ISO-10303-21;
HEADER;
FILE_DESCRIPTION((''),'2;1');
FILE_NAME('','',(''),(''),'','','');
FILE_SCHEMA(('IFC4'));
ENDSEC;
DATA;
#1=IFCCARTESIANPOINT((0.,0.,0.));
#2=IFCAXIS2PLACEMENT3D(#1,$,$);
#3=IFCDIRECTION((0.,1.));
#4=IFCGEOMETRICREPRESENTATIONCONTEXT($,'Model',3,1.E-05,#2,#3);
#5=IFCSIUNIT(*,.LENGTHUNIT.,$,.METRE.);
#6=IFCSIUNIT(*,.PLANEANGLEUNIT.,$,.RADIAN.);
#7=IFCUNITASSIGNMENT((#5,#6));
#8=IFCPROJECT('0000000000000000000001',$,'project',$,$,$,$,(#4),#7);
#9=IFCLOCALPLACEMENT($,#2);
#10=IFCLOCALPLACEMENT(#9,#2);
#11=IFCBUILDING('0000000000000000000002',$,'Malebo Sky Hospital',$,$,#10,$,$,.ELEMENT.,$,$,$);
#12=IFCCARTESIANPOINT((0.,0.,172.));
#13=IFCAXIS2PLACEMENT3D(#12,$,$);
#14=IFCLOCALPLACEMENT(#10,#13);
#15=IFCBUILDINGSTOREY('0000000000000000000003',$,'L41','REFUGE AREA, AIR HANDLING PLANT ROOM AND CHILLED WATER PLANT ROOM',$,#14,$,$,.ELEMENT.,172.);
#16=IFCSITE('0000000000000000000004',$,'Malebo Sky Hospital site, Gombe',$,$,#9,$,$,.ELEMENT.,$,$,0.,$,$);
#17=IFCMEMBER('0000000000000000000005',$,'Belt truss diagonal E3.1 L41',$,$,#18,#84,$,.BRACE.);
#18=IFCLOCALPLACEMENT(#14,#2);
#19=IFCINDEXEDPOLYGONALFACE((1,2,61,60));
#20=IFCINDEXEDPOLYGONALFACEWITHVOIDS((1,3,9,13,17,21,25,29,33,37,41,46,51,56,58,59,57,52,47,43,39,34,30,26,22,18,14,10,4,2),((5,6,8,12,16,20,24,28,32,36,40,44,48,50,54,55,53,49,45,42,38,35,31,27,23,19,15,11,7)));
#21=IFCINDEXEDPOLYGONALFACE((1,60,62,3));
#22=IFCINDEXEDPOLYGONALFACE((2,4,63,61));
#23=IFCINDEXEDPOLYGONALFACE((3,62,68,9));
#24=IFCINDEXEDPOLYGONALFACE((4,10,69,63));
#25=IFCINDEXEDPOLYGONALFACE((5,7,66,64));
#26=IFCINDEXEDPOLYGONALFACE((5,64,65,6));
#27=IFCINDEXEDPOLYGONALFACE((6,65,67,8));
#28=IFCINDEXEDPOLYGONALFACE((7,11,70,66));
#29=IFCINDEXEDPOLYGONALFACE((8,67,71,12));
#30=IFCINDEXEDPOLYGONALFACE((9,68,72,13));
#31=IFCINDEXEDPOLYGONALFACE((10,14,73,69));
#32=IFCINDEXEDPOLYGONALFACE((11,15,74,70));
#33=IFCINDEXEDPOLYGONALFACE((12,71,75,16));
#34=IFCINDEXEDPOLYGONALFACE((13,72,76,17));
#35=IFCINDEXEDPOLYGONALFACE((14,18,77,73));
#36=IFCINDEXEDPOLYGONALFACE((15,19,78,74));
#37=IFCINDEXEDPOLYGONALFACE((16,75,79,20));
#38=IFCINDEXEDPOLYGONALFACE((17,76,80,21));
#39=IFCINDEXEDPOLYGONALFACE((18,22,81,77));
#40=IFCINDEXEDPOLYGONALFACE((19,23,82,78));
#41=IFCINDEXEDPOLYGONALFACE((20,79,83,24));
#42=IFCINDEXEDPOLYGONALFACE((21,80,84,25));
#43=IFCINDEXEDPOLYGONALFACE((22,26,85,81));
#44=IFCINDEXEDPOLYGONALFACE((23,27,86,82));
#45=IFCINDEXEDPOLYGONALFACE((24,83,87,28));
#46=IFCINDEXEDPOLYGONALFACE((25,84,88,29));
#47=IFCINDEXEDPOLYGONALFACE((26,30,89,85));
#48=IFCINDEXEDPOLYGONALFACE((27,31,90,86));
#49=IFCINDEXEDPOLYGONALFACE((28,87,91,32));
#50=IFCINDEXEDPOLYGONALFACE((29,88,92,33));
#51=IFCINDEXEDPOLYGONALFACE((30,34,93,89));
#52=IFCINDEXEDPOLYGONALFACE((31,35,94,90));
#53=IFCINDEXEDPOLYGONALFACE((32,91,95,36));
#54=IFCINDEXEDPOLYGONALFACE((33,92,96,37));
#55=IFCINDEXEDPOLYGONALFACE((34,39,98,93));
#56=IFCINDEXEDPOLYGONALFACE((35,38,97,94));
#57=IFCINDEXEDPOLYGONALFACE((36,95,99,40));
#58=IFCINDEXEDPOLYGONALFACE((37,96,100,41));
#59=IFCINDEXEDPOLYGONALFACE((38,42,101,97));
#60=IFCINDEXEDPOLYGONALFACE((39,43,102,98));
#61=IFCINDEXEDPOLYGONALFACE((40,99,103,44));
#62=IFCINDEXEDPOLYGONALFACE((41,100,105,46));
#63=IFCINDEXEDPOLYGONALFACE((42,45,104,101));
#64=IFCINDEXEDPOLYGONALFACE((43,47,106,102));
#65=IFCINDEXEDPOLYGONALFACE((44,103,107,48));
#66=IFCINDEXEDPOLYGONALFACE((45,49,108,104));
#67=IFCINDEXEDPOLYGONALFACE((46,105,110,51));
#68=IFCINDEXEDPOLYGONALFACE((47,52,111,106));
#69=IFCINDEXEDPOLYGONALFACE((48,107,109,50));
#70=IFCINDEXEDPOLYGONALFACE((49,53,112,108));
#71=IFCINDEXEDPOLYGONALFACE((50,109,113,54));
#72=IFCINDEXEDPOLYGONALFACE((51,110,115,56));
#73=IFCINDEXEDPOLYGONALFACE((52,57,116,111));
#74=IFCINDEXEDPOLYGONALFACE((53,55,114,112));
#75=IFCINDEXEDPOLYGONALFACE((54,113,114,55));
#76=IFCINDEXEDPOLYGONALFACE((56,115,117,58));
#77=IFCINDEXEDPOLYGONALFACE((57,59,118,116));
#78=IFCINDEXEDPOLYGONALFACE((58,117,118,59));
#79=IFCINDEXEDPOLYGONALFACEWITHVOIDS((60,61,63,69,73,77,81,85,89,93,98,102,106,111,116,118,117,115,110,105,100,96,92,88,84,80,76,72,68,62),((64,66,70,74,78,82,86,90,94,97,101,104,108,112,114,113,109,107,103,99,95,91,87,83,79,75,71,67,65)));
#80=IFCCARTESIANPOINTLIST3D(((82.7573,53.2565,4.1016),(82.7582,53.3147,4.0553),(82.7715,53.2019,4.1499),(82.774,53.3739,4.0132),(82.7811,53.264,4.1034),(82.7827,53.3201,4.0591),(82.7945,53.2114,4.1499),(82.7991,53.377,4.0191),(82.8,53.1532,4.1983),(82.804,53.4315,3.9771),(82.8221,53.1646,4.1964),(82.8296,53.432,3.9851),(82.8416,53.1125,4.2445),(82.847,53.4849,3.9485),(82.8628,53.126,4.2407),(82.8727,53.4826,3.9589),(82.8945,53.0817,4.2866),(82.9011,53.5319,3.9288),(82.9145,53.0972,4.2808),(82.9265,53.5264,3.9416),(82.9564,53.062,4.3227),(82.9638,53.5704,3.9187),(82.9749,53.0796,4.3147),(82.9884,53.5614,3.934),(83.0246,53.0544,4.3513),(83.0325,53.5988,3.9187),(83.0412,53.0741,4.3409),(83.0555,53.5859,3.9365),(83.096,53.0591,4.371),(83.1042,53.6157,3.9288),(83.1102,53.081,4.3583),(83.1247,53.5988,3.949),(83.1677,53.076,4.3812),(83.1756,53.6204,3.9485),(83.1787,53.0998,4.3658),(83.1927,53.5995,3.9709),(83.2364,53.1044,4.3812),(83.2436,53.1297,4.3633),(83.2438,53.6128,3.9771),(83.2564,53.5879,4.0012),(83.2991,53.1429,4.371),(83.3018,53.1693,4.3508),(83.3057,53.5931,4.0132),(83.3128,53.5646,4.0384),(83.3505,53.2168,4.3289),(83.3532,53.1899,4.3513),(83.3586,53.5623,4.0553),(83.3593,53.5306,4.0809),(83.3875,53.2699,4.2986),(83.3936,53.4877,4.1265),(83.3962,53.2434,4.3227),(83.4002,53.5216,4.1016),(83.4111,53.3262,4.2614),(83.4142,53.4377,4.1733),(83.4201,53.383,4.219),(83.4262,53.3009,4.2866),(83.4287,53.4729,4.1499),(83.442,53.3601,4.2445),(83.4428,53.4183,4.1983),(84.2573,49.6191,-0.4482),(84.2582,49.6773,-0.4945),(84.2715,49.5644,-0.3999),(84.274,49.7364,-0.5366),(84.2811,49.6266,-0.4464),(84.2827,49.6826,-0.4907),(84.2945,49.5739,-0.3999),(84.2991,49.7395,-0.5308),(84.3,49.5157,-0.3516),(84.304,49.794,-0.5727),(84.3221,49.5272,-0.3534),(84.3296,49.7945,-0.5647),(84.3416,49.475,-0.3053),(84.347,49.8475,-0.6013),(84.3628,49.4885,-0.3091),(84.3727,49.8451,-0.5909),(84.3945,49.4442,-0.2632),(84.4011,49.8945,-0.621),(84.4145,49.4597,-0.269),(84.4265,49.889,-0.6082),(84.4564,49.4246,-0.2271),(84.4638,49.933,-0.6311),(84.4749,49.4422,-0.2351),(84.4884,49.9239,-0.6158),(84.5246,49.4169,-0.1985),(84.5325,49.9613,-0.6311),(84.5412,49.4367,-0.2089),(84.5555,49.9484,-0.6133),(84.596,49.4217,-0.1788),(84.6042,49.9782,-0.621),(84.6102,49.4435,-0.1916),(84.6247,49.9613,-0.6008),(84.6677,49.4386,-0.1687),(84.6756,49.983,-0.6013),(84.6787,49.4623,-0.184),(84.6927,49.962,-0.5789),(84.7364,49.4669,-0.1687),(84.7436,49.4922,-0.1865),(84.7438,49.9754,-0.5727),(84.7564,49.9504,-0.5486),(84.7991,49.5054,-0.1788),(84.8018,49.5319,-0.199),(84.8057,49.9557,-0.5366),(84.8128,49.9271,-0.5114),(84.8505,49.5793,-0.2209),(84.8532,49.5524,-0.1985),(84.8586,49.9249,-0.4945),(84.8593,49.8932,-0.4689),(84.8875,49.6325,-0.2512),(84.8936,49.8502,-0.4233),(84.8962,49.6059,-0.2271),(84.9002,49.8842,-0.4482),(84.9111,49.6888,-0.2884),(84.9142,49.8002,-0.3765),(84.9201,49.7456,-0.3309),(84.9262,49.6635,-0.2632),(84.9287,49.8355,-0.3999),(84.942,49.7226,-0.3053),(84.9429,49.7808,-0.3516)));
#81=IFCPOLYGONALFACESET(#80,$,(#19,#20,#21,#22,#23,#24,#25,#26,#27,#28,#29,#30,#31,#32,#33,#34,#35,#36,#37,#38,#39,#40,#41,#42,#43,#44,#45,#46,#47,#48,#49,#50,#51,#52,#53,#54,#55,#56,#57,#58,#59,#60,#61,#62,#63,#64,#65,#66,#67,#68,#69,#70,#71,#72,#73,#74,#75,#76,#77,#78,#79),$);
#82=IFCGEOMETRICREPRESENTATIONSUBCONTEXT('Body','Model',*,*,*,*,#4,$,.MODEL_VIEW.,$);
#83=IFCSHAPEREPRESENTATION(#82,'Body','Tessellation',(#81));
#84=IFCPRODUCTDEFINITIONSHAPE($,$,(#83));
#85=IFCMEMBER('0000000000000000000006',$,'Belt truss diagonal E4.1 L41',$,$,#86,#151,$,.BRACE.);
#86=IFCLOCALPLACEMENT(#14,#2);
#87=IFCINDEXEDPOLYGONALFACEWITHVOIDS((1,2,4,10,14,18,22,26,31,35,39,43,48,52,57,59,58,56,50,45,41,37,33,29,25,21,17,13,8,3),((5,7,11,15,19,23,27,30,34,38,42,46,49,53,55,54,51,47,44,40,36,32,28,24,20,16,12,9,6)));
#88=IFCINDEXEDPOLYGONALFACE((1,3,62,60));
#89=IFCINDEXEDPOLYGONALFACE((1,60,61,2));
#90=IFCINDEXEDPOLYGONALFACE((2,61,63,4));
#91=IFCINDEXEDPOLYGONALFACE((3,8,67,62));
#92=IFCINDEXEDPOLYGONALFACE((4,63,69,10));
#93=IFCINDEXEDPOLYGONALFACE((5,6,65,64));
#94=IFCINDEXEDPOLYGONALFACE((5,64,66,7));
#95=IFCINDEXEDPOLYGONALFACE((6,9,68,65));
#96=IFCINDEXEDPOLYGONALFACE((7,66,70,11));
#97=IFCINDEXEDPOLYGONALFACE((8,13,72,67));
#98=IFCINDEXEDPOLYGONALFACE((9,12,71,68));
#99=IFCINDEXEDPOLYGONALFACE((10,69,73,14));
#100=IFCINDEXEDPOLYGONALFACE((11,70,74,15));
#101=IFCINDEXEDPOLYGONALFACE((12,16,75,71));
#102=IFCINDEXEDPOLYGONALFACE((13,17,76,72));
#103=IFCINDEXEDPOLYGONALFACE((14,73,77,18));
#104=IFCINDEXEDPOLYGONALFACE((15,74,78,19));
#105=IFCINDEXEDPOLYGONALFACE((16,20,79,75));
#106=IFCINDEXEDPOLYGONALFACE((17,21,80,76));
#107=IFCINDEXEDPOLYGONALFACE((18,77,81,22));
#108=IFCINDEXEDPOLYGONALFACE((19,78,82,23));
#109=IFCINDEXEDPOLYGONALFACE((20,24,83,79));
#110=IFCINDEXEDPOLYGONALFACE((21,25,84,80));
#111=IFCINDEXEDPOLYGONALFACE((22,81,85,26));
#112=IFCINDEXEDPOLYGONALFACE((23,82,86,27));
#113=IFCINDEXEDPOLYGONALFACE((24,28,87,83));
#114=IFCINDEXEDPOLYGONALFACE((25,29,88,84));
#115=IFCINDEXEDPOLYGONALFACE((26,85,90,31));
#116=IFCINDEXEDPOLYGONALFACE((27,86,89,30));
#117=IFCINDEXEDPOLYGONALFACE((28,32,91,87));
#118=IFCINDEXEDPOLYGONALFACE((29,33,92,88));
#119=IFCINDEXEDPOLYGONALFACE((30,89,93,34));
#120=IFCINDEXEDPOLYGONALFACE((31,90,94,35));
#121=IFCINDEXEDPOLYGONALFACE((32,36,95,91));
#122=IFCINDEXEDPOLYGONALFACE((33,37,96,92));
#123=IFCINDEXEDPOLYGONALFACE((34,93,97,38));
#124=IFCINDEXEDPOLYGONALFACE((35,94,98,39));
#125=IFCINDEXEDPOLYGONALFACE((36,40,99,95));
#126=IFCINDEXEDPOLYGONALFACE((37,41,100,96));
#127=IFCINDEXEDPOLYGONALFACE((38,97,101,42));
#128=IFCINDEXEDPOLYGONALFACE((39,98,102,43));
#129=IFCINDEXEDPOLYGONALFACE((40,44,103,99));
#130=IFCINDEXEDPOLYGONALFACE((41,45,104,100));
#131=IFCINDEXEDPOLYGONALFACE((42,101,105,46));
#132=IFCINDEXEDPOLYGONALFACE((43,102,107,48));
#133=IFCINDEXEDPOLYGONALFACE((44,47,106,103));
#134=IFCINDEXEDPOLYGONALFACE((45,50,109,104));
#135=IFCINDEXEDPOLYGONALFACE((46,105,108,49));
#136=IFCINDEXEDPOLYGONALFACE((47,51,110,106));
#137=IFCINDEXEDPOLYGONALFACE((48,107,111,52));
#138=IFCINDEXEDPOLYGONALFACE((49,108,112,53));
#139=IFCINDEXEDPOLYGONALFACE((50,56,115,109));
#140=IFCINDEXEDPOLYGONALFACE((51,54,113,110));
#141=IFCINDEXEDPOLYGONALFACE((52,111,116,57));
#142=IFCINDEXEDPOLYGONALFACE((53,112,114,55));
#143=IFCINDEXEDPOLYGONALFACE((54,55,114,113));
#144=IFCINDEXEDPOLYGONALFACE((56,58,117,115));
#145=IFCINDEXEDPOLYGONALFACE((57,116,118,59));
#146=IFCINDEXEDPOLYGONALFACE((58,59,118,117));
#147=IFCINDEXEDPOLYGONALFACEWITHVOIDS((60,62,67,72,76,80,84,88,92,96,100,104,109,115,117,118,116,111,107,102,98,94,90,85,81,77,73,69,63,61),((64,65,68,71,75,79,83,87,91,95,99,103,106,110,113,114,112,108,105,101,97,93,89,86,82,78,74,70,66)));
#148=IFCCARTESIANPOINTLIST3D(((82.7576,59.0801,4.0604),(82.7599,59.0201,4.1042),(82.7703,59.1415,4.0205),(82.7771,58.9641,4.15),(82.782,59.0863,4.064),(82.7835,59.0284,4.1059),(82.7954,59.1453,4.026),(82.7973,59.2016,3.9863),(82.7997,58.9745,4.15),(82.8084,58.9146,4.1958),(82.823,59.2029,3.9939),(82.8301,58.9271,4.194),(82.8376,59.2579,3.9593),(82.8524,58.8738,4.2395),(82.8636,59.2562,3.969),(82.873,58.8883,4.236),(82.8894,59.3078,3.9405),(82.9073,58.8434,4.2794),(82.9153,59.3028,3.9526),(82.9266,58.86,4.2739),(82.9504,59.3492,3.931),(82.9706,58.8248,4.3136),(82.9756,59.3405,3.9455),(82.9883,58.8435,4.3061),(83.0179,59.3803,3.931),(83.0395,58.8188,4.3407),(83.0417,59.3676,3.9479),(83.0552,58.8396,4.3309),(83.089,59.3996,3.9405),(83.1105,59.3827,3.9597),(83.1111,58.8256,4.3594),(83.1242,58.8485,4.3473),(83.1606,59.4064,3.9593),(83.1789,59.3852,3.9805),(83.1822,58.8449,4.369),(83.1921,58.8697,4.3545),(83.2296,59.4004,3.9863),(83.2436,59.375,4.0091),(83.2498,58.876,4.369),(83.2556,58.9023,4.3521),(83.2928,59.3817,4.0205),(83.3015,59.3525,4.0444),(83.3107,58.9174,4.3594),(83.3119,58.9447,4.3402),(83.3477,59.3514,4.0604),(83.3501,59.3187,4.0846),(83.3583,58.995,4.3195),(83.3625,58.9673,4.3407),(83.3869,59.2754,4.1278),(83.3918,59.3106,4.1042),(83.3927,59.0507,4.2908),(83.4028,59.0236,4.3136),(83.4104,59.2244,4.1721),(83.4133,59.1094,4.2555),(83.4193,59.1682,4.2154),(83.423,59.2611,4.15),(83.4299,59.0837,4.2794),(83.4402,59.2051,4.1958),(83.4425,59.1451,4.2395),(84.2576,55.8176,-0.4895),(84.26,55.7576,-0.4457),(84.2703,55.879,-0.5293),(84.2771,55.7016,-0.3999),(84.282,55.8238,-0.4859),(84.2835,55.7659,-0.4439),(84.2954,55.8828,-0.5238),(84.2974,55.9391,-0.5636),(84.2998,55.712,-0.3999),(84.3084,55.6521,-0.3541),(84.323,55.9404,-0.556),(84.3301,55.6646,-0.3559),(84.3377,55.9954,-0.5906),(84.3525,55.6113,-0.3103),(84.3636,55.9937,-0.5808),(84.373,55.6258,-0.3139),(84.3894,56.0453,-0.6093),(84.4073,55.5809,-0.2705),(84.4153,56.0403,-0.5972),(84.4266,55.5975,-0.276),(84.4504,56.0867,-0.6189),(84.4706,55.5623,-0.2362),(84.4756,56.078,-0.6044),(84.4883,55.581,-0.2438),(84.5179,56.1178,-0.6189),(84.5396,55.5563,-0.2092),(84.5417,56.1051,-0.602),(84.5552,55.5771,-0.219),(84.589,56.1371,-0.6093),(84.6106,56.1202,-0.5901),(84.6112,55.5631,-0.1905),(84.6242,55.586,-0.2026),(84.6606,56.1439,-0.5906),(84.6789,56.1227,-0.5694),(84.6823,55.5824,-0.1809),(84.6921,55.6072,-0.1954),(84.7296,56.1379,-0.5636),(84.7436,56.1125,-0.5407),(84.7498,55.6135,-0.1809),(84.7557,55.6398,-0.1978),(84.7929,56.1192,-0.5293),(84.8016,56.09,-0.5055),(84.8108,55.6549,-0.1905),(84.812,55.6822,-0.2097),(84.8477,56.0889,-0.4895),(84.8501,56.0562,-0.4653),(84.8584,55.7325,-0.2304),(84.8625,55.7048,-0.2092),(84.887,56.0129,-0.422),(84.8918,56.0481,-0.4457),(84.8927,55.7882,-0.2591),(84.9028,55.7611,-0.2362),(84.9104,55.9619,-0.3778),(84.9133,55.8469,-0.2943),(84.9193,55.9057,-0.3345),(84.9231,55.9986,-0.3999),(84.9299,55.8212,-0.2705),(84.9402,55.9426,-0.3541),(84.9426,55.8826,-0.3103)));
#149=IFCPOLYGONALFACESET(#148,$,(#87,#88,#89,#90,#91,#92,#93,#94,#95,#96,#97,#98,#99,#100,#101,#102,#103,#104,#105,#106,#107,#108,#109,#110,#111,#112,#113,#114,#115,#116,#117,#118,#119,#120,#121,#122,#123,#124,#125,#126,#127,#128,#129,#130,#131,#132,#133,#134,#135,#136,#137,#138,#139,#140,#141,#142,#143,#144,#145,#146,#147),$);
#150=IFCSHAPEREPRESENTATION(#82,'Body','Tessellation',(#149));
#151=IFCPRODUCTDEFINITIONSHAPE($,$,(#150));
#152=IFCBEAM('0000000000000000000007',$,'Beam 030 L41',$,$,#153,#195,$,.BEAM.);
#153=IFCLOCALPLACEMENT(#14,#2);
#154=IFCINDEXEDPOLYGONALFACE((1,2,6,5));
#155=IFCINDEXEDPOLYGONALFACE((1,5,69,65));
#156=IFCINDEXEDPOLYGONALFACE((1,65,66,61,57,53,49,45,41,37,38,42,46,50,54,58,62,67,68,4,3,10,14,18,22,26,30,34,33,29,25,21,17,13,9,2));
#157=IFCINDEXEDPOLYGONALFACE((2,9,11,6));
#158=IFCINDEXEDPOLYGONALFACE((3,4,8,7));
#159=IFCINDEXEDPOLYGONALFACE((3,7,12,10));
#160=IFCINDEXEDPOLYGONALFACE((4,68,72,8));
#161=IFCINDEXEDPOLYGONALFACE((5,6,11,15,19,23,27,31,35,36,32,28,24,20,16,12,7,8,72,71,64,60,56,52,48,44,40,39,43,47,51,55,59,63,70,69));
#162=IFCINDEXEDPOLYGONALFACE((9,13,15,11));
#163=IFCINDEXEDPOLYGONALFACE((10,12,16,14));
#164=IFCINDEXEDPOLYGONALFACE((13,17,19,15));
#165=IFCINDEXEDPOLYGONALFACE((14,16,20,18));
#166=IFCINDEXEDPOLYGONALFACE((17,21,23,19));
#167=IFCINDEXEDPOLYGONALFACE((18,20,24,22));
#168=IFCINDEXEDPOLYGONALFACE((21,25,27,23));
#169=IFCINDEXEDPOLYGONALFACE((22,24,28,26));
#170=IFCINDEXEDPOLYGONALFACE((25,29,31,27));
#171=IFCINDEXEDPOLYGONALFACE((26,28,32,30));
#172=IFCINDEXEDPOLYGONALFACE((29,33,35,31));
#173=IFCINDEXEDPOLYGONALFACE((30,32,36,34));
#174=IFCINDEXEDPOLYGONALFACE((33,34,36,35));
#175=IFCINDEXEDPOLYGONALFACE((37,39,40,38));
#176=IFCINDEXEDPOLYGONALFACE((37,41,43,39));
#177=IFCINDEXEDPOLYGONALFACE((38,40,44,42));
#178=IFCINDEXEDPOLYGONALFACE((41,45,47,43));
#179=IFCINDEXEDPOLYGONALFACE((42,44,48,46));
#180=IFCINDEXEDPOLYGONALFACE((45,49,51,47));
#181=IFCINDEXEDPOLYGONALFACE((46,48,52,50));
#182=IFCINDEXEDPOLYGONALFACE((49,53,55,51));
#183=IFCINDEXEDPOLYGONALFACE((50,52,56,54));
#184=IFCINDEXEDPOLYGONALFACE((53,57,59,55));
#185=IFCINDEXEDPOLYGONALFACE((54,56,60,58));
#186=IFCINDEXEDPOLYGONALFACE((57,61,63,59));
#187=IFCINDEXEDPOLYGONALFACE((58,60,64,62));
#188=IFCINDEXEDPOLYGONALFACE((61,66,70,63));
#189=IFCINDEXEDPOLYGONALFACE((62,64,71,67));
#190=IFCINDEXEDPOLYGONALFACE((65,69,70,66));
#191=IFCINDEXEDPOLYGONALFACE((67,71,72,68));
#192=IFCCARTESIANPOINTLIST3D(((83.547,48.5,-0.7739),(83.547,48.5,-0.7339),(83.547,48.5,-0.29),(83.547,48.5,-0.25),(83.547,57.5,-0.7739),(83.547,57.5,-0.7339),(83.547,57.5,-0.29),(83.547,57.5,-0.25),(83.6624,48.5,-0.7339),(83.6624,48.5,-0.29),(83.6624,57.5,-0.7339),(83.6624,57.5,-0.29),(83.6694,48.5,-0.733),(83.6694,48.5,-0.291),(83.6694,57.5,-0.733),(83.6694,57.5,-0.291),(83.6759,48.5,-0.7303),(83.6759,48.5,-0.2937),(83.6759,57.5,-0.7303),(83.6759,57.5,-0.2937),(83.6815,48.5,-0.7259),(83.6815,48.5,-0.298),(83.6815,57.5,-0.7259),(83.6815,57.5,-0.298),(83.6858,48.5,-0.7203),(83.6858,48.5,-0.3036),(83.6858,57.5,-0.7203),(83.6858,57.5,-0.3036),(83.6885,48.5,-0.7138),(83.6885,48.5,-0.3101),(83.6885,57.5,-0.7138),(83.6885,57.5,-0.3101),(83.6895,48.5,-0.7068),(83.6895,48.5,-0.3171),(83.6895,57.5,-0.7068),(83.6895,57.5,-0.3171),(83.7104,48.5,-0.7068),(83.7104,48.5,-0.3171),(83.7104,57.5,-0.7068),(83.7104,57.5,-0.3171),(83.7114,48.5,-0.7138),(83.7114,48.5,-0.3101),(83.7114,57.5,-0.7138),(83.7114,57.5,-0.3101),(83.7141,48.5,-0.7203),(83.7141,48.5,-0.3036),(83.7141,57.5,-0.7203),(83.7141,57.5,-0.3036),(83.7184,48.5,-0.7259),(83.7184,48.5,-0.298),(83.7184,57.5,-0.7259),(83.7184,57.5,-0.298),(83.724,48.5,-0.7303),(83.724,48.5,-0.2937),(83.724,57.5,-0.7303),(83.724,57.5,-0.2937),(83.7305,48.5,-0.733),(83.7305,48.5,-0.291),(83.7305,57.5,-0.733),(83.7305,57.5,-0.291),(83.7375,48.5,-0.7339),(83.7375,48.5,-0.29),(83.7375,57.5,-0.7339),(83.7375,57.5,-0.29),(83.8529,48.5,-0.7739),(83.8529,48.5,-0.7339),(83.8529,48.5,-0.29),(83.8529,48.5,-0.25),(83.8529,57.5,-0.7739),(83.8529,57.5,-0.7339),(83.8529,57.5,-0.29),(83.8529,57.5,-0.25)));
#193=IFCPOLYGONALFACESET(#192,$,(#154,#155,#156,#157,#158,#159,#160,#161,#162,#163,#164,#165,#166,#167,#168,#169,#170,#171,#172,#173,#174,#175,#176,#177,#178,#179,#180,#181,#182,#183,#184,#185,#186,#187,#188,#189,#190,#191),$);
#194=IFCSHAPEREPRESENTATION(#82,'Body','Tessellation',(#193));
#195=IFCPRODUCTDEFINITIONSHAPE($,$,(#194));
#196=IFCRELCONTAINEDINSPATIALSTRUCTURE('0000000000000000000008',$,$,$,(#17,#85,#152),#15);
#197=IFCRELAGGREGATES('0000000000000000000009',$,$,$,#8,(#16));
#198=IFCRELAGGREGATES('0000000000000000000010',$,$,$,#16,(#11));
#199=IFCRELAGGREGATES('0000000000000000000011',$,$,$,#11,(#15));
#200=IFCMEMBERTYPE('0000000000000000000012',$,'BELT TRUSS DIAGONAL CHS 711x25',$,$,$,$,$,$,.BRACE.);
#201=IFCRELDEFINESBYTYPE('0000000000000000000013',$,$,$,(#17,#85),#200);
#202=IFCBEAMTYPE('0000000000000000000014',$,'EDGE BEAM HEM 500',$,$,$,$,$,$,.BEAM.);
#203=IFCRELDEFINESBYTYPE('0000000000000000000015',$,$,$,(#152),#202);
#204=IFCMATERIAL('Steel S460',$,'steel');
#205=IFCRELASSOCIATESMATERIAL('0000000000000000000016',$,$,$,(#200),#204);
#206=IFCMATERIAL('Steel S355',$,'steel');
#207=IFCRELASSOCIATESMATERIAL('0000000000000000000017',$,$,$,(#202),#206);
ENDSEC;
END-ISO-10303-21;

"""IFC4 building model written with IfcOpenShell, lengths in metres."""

from ifc_helpers import new_model, si_unit, direction, frame, origin, origin_2d, place, context, subcontext, project, spatial, hollow_circle, i_section, extrude, material, material_profile, profile_set, type_object, element, save


model = new_model("IFC4")

# Units and contexts
model_context = context("Model", 3, precision=1e-05, world=origin(), true_north=direction((0.0, 1.0)))
body_context = subcontext(model_context, "Body", "Model", "MODEL_VIEW")
ifc_project = project(units=[si_unit("LENGTHUNIT", "METRE"), si_unit("PLANEANGLEUNIT", "RADIAN")], contexts=[model_context])

# Site, building, storey
site_placement = place(None, origin())
site = spatial("IfcSite", under=ifc_project, at=site_placement, Name="Malebo Sky Hospital site, Gombe", CompositionType="ELEMENT", RefElevation=0.0)
building_placement = place(site_placement, origin())
building = spatial("IfcBuilding", under=site, at=building_placement, Name="Malebo Sky Hospital", CompositionType="ELEMENT")
storey_placement = place(building_placement, frame((0.0, 0.0, 172.0)))
storey = spatial("IfcBuildingStorey", under=building, at=storey_placement, Name="L41", Description="REFUGE AREA, AIR HANDLING PLANT ROOM AND CHILLED WATER PLANT ROOM", CompositionType="ELEMENT", Elevation=172.0)

# Shared definitions
ifc_material_1 = material(Name="Steel S460", Category="steel")

# Members
ifc_material_profile_1 = material_profile(ifc_material_1, hollow_circle(Radius=0.3555, WallThickness=0.0249, at=origin_2d()), Name="CHS 711x25")
ifc_profile_set_1 = profile_set([ifc_material_profile_1], Name="Steel S460")
member_type_1 = type_object("IfcMemberType", Name="BELT TRUSS DIAGONAL CHS 711x25", PredefinedType="BRACE", material=ifc_profile_set_1)
member_1_placement = place(storey_placement, frame((84.6001, 49.7, -0.3999), z_axis=(-0.249371, 0.604717, 0.756394), x_axis=(-0.924479, -0.381233, 0.0)))
element("IfcMember", 1, at=member_1_placement, inside=storey, type_object=member_type_1, Name="Belt truss diagonal E3.1 L41", PredefinedType="BRACE", context=body_context, shape_type="SweptSolid", body=[
    extrude(hollow_circle(Radius=0.3555, WallThickness=0.0249, at=origin_2d()), origin(), (0.0, 0.0, 1.0), 6.0151),
])
member_2_placement = place(storey_placement, frame((84.6001, 55.8501, -0.3999), z_axis=(-0.258796, 0.562874, 0.784982), x_axis=(-0.908567, -0.417738, 0.0)))
element("IfcMember", 2, at=member_2_placement, inside=storey, type_object=member_type_1, Name="Belt truss diagonal E4.1 L41", PredefinedType="BRACE", context=body_context, shape_type="SweptSolid", body=[
    extrude(hollow_circle(Radius=0.3555, WallThickness=0.0249, at=origin_2d()), origin(), (0.0, 0.0, 1.0), 5.7961),
])

# Beam
ifc_material_2 = material(Name="Steel S355", Category="steel")
ifc_material_profile_2 = material_profile(ifc_material_2, i_section(OverallWidth=0.3059, OverallDepth=0.5239, WebThickness=0.021, FlangeThickness=0.04, FilletRadius=0.0271, at=origin_2d()), Name="HEM 500")
ifc_profile_set_2 = profile_set([ifc_material_profile_2], Name="Steel S355")
beam_type = type_object("IfcBeamType", Name="EDGE BEAM HEM 500", PredefinedType="BEAM", material=ifc_profile_set_2)
for number, where, z_axis, x_axis, name in (
    (3, (83.7, 48.5, -0.512), (0.0, 1.0, 0.0), (-1.0, 0.0, 0.0), "Beam 030 L41"),
):
    element("IfcBeam", number, at=place(storey_placement, frame(where, z_axis=z_axis, x_axis=x_axis)), inside=storey, type_object=beam_type, Name=name, PredefinedType="BEAM", context=body_context, shape_type="SweptSolid", body=[
        extrude(i_section(OverallWidth=0.3059, OverallDepth=0.5239, WebThickness=0.021, FlangeThickness=0.04, FilletRadius=0.0271, at=origin_2d()), origin(), (0.0, 0.0, 1.0), 9.0),
    ])

save(model, "model.ifc")
